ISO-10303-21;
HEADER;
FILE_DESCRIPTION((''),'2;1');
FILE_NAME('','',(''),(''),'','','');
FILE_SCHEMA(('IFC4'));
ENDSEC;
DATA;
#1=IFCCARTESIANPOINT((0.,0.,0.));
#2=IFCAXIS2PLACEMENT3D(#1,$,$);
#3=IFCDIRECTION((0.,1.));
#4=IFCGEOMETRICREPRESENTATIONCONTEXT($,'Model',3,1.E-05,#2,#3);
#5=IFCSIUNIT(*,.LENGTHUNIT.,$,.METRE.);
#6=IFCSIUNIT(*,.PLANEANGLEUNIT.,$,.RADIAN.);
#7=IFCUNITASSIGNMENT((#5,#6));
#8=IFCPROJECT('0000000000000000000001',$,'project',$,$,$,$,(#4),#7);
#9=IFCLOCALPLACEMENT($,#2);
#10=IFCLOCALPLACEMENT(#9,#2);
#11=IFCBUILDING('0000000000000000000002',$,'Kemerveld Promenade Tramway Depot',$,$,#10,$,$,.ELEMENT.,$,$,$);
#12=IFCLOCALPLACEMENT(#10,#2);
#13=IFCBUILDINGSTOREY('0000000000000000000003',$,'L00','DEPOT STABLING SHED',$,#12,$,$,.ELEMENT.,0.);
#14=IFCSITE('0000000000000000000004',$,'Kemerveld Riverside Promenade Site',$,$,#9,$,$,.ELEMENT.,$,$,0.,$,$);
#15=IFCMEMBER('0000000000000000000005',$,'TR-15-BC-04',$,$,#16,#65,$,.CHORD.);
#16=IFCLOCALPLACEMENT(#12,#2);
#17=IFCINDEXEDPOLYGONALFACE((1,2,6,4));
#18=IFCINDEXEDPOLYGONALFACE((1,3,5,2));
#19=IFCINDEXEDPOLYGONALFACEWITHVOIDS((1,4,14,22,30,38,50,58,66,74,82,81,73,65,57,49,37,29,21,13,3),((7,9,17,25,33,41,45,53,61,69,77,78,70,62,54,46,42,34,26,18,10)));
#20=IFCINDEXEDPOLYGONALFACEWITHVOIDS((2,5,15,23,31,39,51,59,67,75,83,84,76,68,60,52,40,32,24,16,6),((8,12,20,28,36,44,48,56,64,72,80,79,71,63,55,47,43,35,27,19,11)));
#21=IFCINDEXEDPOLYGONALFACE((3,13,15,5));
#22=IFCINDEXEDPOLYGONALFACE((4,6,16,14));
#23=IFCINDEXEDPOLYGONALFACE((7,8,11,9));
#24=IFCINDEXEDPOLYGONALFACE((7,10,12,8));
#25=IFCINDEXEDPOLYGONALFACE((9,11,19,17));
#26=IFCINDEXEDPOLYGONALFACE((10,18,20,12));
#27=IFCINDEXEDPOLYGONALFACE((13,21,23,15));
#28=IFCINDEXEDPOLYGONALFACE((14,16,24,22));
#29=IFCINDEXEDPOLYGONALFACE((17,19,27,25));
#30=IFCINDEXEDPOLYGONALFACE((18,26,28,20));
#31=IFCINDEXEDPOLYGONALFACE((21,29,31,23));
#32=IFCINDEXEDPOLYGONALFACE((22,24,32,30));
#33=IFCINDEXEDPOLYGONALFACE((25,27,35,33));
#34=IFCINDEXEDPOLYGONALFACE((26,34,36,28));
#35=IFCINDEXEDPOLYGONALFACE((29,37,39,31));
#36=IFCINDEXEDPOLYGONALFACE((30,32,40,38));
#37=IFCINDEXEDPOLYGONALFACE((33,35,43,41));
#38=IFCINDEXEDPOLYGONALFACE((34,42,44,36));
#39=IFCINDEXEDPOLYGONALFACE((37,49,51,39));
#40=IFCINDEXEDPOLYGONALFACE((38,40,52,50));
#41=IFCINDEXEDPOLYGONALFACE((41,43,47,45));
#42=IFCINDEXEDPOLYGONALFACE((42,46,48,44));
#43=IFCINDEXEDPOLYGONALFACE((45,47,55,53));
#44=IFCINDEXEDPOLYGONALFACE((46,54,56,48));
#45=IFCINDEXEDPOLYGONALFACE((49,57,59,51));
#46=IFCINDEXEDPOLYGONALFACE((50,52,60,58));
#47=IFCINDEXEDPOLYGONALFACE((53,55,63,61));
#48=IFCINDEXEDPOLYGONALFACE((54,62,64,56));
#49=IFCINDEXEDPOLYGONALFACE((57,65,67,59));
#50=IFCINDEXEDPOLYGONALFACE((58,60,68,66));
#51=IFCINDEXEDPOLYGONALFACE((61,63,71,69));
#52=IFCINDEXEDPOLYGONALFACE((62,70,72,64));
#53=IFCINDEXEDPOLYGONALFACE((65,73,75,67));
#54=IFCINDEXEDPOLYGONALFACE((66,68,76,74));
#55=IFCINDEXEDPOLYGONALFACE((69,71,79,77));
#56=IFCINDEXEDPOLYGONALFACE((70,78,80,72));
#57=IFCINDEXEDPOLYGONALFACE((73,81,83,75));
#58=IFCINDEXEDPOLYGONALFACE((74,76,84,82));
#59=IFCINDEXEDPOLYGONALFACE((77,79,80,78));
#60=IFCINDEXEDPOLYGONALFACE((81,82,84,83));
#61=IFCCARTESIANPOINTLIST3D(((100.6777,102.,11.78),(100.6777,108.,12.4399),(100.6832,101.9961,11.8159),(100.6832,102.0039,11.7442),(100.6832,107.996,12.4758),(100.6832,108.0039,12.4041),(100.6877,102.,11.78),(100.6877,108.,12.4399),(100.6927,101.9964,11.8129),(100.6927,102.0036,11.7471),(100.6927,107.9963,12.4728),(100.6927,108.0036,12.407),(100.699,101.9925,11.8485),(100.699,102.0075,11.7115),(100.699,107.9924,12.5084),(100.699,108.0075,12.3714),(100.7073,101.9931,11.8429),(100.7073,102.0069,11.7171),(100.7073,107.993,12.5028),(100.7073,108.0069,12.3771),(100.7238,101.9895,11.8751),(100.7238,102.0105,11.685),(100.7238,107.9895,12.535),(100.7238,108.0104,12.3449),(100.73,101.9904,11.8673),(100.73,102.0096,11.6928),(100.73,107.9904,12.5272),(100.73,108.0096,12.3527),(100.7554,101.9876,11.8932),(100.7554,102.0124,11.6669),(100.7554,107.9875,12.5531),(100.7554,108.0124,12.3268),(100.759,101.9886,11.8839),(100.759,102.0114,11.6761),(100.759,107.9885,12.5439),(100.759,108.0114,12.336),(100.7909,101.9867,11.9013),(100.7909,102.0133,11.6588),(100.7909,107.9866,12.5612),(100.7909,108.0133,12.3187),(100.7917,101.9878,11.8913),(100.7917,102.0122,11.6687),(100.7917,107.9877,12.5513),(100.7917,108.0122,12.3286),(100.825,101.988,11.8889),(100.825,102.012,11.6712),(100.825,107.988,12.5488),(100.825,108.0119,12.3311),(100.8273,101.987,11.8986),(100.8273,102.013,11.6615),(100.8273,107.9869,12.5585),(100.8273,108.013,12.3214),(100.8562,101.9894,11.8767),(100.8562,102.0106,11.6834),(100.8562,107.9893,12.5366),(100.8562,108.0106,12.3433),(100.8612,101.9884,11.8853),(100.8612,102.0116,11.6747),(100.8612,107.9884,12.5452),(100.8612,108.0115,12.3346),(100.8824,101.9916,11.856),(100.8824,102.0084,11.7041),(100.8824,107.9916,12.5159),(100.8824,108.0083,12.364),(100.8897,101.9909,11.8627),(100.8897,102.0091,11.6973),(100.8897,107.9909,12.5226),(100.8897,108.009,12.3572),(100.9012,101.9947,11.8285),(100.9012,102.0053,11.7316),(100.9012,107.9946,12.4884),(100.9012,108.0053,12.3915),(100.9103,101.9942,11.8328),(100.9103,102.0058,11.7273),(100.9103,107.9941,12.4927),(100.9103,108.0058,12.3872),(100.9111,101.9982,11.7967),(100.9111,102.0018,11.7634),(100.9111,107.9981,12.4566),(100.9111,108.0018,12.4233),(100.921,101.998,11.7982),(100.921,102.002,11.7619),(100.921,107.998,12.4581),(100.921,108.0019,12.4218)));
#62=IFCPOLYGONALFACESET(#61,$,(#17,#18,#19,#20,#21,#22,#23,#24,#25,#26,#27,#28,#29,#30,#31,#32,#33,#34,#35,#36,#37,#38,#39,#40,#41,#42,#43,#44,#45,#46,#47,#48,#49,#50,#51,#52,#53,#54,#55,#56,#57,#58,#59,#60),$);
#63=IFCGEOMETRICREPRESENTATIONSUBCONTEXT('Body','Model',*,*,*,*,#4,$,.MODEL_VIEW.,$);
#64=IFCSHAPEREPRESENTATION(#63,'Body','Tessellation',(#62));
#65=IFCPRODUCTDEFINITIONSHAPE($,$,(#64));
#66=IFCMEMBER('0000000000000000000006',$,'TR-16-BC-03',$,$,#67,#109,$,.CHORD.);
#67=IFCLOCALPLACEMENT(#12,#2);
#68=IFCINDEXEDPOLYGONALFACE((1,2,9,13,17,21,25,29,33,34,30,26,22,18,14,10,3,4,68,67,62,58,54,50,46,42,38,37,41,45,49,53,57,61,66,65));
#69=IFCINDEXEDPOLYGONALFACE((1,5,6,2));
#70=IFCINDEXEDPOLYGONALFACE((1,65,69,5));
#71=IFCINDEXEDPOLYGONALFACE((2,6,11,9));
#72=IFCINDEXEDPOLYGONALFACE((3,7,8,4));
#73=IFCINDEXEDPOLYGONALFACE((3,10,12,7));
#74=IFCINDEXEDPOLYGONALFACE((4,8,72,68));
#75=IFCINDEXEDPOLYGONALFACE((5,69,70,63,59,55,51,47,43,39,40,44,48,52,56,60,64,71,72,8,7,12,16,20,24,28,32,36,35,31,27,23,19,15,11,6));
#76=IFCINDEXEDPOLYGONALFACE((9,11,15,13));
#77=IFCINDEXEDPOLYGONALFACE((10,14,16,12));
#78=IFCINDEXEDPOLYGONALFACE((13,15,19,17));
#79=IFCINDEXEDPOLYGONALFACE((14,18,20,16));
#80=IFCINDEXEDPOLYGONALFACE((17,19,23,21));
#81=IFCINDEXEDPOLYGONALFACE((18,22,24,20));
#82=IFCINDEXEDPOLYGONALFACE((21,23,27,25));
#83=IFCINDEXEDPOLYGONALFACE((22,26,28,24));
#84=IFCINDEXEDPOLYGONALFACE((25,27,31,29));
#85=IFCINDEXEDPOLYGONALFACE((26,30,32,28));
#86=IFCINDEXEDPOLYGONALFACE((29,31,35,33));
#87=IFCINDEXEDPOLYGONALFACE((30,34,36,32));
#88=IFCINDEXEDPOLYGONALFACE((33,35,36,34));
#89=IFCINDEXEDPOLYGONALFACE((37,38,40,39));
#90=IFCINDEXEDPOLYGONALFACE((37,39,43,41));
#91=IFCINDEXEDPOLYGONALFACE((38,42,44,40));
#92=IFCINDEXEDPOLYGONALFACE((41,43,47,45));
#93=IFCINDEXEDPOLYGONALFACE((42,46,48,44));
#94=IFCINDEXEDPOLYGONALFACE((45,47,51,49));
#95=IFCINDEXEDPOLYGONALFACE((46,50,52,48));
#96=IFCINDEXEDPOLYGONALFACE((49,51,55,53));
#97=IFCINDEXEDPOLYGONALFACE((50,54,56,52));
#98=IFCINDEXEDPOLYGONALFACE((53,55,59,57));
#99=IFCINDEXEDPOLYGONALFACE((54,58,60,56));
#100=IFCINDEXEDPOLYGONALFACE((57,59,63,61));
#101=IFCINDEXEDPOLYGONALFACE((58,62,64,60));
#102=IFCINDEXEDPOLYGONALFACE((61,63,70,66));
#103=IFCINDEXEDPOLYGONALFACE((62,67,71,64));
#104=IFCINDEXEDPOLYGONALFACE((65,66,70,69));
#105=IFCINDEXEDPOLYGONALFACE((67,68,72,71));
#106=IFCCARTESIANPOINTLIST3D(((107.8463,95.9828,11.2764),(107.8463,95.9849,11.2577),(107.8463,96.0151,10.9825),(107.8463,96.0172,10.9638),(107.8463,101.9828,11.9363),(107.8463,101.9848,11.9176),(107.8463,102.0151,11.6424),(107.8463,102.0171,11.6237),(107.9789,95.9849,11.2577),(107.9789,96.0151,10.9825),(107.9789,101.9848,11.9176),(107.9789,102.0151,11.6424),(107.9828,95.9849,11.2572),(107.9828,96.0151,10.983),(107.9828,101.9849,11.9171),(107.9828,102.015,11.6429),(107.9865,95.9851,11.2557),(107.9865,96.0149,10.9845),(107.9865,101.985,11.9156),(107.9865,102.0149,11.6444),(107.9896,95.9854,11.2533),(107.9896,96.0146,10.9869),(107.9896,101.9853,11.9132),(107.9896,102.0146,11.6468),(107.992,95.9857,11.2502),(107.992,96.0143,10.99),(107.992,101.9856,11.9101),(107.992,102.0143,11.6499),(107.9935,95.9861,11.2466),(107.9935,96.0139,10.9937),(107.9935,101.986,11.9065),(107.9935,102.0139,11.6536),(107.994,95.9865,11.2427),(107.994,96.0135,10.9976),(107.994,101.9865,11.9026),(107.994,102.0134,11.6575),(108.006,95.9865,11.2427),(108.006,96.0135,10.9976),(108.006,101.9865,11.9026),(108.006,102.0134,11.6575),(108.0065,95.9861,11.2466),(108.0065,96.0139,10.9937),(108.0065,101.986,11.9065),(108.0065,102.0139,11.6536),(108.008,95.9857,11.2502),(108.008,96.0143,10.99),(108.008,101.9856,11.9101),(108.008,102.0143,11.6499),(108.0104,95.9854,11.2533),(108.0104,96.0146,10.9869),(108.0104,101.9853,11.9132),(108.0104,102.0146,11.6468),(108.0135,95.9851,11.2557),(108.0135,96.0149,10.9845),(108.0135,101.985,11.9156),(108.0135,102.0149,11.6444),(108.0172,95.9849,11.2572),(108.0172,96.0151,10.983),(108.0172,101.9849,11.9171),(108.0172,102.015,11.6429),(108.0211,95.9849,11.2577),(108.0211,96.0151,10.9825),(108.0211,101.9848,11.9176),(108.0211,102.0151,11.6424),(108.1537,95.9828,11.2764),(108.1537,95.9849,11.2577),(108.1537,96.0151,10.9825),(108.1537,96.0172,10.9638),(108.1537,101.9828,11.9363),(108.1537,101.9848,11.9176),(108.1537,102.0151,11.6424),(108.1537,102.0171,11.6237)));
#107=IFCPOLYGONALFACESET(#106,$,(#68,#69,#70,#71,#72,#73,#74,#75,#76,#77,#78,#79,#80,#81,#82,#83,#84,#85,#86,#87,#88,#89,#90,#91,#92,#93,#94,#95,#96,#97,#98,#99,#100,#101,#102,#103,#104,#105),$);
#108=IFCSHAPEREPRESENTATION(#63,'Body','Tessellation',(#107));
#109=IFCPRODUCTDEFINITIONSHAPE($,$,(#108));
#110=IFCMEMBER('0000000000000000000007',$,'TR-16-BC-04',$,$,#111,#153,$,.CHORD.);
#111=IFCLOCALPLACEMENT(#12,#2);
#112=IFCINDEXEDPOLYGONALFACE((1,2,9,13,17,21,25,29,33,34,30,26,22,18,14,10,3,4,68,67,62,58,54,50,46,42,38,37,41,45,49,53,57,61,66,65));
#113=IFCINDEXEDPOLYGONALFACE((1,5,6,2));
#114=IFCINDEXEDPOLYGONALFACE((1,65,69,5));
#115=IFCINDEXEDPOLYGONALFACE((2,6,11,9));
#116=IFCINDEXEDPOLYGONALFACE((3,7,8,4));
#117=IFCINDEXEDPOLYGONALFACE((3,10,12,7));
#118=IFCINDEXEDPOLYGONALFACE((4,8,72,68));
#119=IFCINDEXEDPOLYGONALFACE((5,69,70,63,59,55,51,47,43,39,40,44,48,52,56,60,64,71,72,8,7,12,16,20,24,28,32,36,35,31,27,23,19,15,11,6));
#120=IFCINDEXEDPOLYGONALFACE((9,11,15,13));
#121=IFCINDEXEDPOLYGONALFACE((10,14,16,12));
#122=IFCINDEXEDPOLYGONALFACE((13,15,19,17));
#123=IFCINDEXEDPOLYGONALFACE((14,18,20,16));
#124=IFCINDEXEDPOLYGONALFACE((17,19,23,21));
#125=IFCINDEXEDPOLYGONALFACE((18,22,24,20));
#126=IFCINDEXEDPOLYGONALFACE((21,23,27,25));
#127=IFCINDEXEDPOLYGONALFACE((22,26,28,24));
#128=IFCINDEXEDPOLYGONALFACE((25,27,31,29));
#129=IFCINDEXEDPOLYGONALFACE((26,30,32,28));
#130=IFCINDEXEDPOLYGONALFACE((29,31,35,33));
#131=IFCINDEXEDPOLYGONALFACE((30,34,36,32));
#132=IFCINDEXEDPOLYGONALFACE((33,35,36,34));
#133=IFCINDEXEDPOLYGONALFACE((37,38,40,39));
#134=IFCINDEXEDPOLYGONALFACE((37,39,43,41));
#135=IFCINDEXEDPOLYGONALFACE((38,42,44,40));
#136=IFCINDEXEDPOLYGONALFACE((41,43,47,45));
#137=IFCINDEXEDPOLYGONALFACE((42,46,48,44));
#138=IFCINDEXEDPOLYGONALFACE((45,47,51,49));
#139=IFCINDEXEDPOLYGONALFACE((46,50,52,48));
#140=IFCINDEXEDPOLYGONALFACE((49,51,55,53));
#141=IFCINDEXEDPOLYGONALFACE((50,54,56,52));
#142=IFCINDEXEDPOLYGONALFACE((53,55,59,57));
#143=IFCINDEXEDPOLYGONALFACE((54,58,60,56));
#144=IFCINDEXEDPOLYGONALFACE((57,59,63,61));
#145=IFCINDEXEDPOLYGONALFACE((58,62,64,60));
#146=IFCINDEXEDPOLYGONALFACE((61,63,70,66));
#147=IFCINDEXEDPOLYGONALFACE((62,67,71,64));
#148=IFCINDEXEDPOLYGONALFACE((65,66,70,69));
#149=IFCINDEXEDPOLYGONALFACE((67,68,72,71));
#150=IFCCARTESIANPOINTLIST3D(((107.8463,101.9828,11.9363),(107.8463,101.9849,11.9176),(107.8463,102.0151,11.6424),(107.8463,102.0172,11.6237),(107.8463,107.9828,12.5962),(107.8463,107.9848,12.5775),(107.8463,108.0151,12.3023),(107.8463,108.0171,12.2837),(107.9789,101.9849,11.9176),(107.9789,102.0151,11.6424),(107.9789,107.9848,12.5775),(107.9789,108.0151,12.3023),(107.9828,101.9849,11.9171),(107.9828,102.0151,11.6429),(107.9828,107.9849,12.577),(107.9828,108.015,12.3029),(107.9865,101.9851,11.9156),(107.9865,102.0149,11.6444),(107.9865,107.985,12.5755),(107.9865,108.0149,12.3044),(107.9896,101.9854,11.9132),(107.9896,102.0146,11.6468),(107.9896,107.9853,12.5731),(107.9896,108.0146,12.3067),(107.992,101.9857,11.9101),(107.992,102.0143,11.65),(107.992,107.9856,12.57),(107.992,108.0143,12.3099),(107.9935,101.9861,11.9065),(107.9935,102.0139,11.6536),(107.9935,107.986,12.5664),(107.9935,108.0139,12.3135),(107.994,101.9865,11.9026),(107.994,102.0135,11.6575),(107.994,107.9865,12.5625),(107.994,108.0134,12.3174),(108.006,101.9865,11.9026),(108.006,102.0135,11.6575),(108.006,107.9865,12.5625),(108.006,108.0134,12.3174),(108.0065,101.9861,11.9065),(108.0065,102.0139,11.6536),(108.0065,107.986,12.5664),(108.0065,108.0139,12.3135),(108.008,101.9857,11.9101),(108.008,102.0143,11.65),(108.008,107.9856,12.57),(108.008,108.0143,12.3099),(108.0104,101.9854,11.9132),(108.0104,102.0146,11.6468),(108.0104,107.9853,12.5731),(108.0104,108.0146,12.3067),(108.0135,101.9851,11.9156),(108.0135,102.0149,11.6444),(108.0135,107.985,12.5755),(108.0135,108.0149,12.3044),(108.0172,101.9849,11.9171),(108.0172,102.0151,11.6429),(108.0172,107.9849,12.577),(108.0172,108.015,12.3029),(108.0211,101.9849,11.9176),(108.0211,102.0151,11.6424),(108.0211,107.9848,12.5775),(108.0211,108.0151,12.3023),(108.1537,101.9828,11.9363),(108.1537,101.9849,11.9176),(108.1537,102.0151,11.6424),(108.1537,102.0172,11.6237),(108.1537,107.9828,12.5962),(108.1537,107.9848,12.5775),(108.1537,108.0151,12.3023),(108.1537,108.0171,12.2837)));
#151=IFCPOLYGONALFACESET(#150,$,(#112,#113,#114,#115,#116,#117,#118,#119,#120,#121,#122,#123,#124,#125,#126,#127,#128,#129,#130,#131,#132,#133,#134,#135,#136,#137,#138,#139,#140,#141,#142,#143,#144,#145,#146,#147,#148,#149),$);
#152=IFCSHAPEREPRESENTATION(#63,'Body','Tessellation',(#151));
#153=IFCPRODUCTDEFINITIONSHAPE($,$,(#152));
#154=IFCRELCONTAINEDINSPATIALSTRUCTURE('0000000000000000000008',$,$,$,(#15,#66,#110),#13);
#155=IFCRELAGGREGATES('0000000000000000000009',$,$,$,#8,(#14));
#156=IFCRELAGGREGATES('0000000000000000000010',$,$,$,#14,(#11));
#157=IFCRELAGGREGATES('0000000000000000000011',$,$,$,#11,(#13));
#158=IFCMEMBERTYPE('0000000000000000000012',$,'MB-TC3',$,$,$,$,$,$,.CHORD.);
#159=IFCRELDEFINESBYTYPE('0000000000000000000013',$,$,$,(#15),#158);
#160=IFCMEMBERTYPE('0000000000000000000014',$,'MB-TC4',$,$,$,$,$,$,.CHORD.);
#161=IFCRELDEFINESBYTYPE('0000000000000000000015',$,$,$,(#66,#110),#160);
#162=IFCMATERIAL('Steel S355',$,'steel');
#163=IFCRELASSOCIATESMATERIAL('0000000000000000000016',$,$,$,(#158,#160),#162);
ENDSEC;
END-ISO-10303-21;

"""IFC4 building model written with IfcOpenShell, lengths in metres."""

from ifc_helpers import new_model, si_unit, direction, frame, origin, origin_2d, place, context, subcontext, project, spatial, hollow_circle, i_section, extrude, material, material_profile, profile_set, type_object, element, save


model = new_model("IFC4")

# Units and contexts
model_context = context("Model", 3, precision=1e-05, world=origin(), true_north=direction((0.0, 1.0)))
body_context = subcontext(model_context, "Body", "Model", "MODEL_VIEW")
ifc_project = project(units=[si_unit("LENGTHUNIT", "METRE"), si_unit("PLANEANGLEUNIT", "RADIAN")], contexts=[model_context])

# Site, building, storey
site_placement = place(None, origin())
site = spatial("IfcSite", under=ifc_project, at=site_placement, Name="Kemerveld Riverside Promenade Site", CompositionType="ELEMENT", RefElevation=0.0)
building_placement = place(site_placement, origin())
building = spatial("IfcBuilding", under=site, at=building_placement, Name="Kemerveld Promenade Tramway Depot", CompositionType="ELEMENT")
storey_placement = place(building_placement, origin())
storey = spatial("IfcBuildingStorey", under=building, at=storey_placement, Name="L00", Description="DEPOT STABLING SHED", CompositionType="ELEMENT", Elevation=0.0)

# Members
ifc_material_1 = material(Name="Steel S355", Category="steel")
ifc_material_profile_1 = material_profile(ifc_material_1, hollow_circle(Radius=0.1223, WallThickness=0.01, at=origin_2d()), Name="244.5x10.0 CHS")
ifc_profile_set_1 = profile_set([ifc_material_profile_1], Name="Steel S355")
member_type_1 = type_object("IfcMemberType", Name="MB-TC3", PredefinedType="CHORD", material=ifc_profile_set_1)
for number, where, z_axis, x_axis, name in (
    (1, (100.8, 102.0, 11.78), (0.0, 0.994006, 0.109326), (-1.0, 0.0, 0.0), "TR-15-BC-04"),
):
    element("IfcMember", number, at=place(storey_placement, frame(where, z_axis=z_axis, x_axis=x_axis)), inside=storey, type_object=member_type_1, Name=name, PredefinedType="CHORD", context=body_context, shape_type="SweptSolid", body=[
        extrude(hollow_circle(Radius=0.1223, WallThickness=0.01, at=origin_2d()), origin(), (0.0, 0.0, 1.0), 6.0361),
    ])
ifc_material_profile_2 = material_profile(ifc_material_1, i_section(OverallWidth=0.3074, OverallDepth=0.3145, WebThickness=0.012, FlangeThickness=0.0188, FilletRadius=0.0151, at=origin_2d()), Name="305x305x118 UC")
ifc_profile_set_2 = profile_set([ifc_material_profile_2], Name="Steel S355")
member_type_2 = type_object("IfcMemberType", Name="MB-TC4", PredefinedType="CHORD", material=ifc_profile_set_2)
for number, where, z_axis, x_axis, name in (
    (2, (108.0, 96.0, 11.1201), (0.0, 0.994006, 0.109326), (-1.0, 0.0, 0.0), "TR-16-BC-03"),
    (3, (108.0, 102.0, 11.78), (0.0, 0.994006, 0.109326), (-1.0, 0.0, 0.0), "TR-16-BC-04"),
):
    element("IfcMember", number, at=place(storey_placement, frame(where, z_axis=z_axis, x_axis=x_axis)), inside=storey, type_object=member_type_2, Name=name, PredefinedType="CHORD", context=body_context, shape_type="SweptSolid", body=[
        extrude(i_section(OverallWidth=0.3074, OverallDepth=0.3145, WebThickness=0.012, FlangeThickness=0.0188, FilletRadius=0.0151, at=origin_2d()), origin(), (0.0, 0.0, 1.0), 6.0361),
    ])

save(model, "model.ifc")
